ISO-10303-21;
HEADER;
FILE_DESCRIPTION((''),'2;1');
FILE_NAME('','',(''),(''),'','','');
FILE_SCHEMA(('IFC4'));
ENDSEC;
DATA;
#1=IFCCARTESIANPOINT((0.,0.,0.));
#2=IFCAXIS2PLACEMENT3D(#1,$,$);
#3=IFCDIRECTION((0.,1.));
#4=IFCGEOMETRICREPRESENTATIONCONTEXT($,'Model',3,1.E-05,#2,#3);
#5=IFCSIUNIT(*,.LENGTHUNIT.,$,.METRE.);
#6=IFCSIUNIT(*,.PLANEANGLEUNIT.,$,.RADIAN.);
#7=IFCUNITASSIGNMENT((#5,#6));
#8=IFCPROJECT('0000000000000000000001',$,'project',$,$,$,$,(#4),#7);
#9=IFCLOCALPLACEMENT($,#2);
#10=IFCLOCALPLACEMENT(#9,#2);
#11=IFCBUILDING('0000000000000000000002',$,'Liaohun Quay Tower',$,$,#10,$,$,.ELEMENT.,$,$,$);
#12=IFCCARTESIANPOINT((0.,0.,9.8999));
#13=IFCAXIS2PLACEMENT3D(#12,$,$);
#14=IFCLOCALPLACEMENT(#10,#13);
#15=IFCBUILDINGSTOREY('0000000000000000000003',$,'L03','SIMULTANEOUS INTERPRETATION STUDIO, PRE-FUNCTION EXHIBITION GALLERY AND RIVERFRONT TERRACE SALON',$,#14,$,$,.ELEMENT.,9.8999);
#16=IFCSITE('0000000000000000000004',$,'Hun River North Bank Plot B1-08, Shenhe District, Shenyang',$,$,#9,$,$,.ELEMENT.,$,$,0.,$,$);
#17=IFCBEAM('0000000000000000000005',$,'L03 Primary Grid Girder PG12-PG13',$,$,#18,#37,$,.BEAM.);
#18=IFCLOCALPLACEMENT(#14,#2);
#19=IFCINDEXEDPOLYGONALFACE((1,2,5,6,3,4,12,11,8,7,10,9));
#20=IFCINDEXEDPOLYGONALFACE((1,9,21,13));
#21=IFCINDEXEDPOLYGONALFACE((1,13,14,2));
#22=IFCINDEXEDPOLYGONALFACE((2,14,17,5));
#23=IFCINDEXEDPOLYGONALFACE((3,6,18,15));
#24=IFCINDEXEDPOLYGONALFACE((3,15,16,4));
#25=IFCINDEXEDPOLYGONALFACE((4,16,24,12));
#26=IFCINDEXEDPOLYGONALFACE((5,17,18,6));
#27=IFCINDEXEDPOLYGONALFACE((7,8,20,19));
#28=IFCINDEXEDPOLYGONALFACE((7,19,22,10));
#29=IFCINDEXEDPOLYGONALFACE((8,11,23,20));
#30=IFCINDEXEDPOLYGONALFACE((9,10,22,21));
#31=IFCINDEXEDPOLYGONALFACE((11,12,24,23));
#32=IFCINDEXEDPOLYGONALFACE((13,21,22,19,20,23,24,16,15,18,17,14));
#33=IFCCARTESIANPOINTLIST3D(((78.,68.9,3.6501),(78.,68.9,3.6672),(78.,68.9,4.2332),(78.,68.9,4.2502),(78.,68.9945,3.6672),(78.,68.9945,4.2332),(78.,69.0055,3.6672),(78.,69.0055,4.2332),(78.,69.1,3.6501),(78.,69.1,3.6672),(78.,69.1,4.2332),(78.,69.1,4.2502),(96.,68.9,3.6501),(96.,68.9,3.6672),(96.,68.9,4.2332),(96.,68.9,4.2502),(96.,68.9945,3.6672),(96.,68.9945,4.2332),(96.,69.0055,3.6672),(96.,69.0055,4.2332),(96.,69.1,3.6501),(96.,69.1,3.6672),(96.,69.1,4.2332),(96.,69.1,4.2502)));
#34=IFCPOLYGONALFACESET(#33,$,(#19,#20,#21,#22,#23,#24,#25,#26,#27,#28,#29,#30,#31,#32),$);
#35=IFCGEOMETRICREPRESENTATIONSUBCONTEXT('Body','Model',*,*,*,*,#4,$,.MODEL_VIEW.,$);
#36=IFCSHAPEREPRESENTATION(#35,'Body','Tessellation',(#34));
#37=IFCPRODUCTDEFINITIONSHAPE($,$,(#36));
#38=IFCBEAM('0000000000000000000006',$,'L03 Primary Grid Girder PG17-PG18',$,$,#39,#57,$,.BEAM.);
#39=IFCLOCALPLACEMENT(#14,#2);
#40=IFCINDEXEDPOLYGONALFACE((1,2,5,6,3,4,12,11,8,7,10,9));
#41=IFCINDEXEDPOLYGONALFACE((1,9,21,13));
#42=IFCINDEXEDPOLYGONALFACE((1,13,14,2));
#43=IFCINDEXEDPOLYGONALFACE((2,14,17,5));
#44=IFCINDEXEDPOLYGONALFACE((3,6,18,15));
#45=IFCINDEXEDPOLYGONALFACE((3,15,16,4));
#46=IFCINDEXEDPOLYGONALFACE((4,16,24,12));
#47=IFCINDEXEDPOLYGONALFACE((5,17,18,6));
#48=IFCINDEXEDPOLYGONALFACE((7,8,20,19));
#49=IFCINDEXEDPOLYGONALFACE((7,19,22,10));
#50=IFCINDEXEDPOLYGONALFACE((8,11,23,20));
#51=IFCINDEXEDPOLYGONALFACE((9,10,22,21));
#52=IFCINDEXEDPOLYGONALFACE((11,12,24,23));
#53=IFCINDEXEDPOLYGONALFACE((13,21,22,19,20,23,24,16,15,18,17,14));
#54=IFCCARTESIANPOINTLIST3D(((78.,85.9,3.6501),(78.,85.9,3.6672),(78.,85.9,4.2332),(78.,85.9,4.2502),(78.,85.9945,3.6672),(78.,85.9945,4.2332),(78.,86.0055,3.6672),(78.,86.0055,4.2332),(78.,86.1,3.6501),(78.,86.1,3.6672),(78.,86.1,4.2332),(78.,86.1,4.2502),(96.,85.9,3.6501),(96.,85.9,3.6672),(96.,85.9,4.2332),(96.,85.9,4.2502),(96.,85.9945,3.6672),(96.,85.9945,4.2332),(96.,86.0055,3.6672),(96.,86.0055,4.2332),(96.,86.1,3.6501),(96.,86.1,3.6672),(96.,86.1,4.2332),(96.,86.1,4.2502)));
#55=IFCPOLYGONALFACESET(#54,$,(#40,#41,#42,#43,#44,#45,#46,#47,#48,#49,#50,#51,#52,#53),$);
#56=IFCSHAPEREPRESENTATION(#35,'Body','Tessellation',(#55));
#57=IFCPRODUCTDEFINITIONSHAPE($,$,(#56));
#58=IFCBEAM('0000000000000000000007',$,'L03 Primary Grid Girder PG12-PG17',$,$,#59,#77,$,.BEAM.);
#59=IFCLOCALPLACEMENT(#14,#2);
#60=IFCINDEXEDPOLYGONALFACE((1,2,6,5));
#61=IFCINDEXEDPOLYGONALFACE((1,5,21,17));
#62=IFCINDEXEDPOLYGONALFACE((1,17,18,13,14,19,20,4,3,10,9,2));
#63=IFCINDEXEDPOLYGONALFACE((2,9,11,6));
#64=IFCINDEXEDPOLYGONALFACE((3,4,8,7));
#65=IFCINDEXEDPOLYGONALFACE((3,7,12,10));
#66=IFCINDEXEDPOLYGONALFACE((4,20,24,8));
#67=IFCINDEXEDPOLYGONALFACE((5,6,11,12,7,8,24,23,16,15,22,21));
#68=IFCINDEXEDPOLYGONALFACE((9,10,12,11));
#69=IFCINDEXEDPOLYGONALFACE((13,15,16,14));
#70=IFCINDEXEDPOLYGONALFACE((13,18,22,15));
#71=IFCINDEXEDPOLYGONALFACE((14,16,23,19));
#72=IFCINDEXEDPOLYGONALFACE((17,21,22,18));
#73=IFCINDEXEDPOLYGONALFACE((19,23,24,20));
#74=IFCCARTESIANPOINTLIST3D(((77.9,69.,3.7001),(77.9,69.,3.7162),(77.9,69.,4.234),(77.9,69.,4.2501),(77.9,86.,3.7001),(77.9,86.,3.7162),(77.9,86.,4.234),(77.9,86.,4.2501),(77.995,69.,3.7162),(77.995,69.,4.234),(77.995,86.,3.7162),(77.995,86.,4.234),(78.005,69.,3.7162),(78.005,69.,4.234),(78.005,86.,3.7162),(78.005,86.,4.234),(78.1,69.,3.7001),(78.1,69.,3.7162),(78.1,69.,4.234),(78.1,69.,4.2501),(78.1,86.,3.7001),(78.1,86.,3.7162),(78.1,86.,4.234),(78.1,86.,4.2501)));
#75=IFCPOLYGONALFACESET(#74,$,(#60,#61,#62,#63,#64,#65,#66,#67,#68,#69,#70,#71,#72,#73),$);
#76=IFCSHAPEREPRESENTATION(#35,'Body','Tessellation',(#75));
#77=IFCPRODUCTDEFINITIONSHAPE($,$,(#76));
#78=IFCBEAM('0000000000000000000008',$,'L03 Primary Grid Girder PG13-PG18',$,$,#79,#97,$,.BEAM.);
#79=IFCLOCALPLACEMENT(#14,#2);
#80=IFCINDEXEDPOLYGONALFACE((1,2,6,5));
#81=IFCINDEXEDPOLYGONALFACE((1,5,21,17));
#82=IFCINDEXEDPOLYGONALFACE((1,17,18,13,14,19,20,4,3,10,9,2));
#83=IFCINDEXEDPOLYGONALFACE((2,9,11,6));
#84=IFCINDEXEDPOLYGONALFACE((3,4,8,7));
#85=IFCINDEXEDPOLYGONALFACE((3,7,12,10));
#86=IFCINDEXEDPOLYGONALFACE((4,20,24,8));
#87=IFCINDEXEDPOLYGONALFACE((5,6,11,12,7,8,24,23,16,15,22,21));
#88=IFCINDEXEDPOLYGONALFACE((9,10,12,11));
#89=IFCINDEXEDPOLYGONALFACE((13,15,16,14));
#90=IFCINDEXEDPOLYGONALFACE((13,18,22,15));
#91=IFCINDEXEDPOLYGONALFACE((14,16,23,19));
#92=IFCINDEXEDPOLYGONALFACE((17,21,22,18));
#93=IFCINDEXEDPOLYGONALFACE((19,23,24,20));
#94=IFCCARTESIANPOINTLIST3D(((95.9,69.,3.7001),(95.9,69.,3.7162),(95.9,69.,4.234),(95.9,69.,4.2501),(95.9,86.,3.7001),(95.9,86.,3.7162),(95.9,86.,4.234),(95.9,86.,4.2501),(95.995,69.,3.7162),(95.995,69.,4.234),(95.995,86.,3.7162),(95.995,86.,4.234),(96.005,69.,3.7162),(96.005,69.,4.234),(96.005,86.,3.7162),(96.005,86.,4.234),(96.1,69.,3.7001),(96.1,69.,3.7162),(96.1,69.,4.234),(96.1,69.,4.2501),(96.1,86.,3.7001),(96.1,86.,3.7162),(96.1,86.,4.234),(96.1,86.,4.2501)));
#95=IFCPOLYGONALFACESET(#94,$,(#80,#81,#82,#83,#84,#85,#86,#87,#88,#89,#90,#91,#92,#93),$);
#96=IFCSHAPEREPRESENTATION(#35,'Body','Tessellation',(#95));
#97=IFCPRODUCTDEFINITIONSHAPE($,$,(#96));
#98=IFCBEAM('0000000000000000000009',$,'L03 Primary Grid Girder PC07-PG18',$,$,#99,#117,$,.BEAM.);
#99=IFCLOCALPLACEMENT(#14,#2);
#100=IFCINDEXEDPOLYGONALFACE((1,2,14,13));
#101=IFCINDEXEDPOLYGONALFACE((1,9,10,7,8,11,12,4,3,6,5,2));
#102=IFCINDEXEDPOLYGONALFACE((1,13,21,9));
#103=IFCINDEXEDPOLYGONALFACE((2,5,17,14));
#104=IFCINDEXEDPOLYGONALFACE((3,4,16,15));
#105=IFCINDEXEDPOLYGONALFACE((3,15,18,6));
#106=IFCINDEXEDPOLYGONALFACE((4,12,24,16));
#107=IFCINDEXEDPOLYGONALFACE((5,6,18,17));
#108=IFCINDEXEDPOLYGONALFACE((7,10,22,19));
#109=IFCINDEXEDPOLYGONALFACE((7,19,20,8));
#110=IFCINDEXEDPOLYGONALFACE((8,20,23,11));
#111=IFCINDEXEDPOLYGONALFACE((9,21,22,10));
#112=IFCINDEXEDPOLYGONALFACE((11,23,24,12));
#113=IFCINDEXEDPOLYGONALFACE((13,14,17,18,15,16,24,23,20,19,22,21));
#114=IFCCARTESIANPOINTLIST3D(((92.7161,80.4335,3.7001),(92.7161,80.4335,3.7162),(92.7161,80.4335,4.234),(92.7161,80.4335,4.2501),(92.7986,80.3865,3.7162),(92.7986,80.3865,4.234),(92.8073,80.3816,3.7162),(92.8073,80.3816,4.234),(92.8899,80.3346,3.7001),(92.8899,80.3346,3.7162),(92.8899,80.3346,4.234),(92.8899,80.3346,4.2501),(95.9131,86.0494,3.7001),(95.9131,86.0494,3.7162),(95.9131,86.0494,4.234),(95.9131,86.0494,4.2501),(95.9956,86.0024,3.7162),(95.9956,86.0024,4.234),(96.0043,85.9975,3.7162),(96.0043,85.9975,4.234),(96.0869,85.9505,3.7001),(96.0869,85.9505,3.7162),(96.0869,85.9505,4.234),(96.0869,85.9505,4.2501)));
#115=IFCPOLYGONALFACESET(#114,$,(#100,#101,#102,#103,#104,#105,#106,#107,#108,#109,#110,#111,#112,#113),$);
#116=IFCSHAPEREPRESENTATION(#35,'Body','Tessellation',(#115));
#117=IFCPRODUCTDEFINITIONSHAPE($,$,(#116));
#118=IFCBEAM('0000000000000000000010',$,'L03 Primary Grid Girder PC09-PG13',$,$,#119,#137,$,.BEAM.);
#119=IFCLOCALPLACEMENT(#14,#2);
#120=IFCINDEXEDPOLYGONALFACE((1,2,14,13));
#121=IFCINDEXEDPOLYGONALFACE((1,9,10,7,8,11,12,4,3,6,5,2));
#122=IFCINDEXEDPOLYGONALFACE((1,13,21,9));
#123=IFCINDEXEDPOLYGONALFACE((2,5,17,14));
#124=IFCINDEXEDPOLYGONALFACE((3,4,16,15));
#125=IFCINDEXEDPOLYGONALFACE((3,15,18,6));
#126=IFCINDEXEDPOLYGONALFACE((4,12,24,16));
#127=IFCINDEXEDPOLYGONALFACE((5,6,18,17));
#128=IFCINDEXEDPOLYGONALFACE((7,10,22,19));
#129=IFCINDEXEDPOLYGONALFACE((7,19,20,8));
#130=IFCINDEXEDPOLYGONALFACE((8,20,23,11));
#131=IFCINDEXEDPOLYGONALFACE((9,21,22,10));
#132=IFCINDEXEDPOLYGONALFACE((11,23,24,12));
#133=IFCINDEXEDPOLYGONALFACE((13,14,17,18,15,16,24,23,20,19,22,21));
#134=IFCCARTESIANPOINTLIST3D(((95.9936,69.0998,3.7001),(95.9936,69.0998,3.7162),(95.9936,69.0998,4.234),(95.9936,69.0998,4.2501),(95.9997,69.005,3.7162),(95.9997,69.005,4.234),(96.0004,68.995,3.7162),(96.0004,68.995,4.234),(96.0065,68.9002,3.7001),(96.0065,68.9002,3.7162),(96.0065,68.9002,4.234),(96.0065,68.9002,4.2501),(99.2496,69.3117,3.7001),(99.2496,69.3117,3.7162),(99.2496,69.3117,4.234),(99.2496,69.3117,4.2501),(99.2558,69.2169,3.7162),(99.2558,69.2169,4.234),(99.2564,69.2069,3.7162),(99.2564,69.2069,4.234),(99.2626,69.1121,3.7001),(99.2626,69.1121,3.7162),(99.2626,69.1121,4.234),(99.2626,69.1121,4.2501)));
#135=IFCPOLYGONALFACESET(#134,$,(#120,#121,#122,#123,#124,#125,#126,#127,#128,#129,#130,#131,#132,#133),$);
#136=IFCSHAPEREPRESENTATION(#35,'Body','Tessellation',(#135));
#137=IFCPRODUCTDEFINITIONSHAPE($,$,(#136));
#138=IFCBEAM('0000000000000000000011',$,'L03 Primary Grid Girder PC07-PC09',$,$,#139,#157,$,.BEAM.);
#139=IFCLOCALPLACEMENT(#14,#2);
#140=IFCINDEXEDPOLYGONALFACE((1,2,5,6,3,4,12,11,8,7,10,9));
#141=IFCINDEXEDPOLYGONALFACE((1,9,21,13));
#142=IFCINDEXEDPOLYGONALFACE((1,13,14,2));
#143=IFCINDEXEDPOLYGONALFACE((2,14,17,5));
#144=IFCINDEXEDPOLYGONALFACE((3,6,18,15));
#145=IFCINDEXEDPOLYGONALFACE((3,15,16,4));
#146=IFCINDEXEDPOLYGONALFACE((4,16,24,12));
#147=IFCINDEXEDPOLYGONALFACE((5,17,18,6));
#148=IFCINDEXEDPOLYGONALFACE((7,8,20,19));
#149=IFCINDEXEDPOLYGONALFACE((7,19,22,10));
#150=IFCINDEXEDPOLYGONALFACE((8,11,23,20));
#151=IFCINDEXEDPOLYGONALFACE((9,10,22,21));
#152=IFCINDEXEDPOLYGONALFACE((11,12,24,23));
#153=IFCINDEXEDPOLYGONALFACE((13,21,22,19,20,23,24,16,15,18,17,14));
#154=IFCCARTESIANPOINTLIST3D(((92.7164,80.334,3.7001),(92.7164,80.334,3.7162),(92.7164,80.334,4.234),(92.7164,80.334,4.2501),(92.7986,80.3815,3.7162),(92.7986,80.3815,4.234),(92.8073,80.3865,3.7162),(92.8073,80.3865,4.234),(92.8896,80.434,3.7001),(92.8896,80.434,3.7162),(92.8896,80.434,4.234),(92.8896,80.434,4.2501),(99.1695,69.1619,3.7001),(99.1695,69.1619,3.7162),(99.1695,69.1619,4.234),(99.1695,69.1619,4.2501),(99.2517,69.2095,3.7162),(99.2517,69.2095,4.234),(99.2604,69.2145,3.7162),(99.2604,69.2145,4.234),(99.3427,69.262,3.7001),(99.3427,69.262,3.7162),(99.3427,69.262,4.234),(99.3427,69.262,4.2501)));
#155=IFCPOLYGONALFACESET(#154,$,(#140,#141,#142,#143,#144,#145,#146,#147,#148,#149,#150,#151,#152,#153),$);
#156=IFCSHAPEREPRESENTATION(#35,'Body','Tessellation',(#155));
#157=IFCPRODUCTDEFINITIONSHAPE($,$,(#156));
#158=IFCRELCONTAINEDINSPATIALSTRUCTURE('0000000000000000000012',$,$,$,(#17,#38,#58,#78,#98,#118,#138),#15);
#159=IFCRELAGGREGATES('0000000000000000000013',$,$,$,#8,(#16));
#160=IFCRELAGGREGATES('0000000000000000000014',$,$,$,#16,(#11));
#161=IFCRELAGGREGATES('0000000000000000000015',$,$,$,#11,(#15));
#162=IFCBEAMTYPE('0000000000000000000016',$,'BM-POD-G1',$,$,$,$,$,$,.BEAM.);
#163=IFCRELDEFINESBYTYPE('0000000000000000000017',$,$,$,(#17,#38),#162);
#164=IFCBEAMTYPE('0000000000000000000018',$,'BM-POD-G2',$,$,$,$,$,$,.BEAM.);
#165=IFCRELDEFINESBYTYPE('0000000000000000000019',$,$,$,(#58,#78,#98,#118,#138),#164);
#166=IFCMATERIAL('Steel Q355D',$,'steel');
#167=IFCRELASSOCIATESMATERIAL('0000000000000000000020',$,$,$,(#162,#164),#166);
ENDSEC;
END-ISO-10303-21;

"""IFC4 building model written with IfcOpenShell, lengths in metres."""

from ifc_helpers import new_model, si_unit, direction, frame, origin, origin_2d, place, context, subcontext, project, spatial, i_section, extrude, source, transform, mapped, material, material_profile, profile_set, type_object, element, save


model = new_model("IFC4")

# Units and contexts
model_context = context("Model", 3, precision=1e-05, world=origin(), true_north=direction((0.0, 1.0)))
body_context = subcontext(model_context, "Body", "Model", "MODEL_VIEW")
ifc_project = project(units=[si_unit("LENGTHUNIT", "METRE"), si_unit("PLANEANGLEUNIT", "RADIAN")], contexts=[model_context])

# Site, building, storey
site_placement = place(None, origin())
site = spatial("IfcSite", under=ifc_project, at=site_placement, Name="Hun River North Bank Plot B1-08, Shenhe District, Shenyang", CompositionType="ELEMENT", RefElevation=0.0)
building_placement = place(site_placement, origin())
building = spatial("IfcBuilding", under=site, at=building_placement, Name="Liaohun Quay Tower", CompositionType="ELEMENT")
storey_placement = place(building_placement, frame((0.0, 0.0, 9.8999)))
storey = spatial("IfcBuildingStorey", under=building, at=storey_placement, Name="L03", Description="SIMULTANEOUS INTERPRETATION STUDIO, PRE-FUNCTION EXHIBITION GALLERY AND RIVERFRONT TERRACE SALON", CompositionType="ELEMENT", Elevation=9.8999)

# Beams
ifc_material_1 = material(Name="Steel Q355D", Category="steel")
ifc_material_profile_1 = material_profile(ifc_material_1, i_section(OverallWidth=0.2, OverallDepth=0.6001, WebThickness=0.011, FlangeThickness=0.0171, at=origin_2d()), Name="HN600x200x11x17")
ifc_profile_set_1 = profile_set([ifc_material_profile_1], Name="Steel Q355D")
beam_type_1 = type_object("IfcBeamType", Name="BM-POD-G1", PredefinedType="BEAM", material=ifc_profile_set_1)
shared_shape_1 = source(origin(), body_context, "Body", "SweptSolid", [
    extrude(i_section(OverallWidth=0.2, OverallDepth=0.6001, WebThickness=0.011, FlangeThickness=0.0171, at=origin_2d()), origin(), (0.0, 0.0, 1.0), 18.0),
])
for number, where, z_axis, x_axis, name in (
    (1, (78.0, 69.0, 3.9502), (1.0, 0.0, 0.0), (0.0, 1.0, 0.0), "L03 Primary Grid Girder PG12-PG13"),
    (2, (78.0, 86.0, 3.9502), (1.0, 0.0, 0.0), (0.0, 1.0, 0.0), "L03 Primary Grid Girder PG17-PG18"),
):
    element("IfcBeam", number, at=place(storey_placement, frame(where, z_axis=z_axis, x_axis=x_axis)), inside=storey, type_object=beam_type_1, Name=name, PredefinedType="BEAM", context=body_context, shape_type="MappedRepresentation", body=[
        mapped(shared_shape_1, transform((0.0, 0.0, 0.0), x_axis=(1.0, 0.0, 0.0), y_axis=(0.0, 1.0, 0.0), z_axis=(0.0, 0.0, 1.0), scale=1.0)),
    ])
ifc_material_profile_2 = material_profile(ifc_material_1, i_section(OverallWidth=0.2, OverallDepth=0.55, WebThickness=0.01, FlangeThickness=0.0161, at=origin_2d()), Name="HN550x200x10x16")
ifc_profile_set_2 = profile_set([ifc_material_profile_2], Name="Steel Q355D")
beam_type_2 = type_object("IfcBeamType", Name="BM-POD-G2", PredefinedType="BEAM", material=ifc_profile_set_2)
shared_shape_2 = source(origin(), body_context, "Body", "SweptSolid", [
    extrude(i_section(OverallWidth=0.2, OverallDepth=0.55, WebThickness=0.01, FlangeThickness=0.0161, at=origin_2d()), origin(), (0.0, 0.0, 1.0), 17.0),
])
for number, where, z_axis, x_axis, name in (
    (3, (78.0, 69.0, 3.9751), (0.0, 1.0, 0.0), (-1.0, 0.0, 0.0), "L03 Primary Grid Girder PG12-PG17"),
    (4, (96.0, 69.0, 3.9751), (0.0, 1.0, 0.0), (-1.0, 0.0, 0.0), "L03 Primary Grid Girder PG13-PG18"),
):
    element("IfcBeam", number, at=place(storey_placement, frame(where, z_axis=z_axis, x_axis=x_axis)), inside=storey, type_object=beam_type_2, Name=name, PredefinedType="BEAM", context=body_context, shape_type="MappedRepresentation", body=[
        mapped(shared_shape_2, transform((0.0, 0.0, 0.0), x_axis=(1.0, 0.0, 0.0), y_axis=(0.0, 1.0, 0.0), z_axis=(0.0, 0.0, 1.0), scale=1.0)),
    ])
shared_shape_3 = source(origin(), body_context, "Body", "SweptSolid", [
    extrude(i_section(OverallWidth=0.2, OverallDepth=0.55, WebThickness=0.01, FlangeThickness=0.0161, at=origin_2d()), origin(), (0.0, 0.0, 1.0), 6.4622),
])
beam_1_placement = place(storey_placement, frame((92.803, 80.384, 3.9751), z_axis=(0.494726, 0.869049, 0.0), x_axis=(-0.869049, 0.494726, 0.0)))
element("IfcBeam", 5, at=beam_1_placement, inside=storey, type_object=beam_type_2, Name="L03 Primary Grid Girder PC07-PG18", PredefinedType="BEAM", context=body_context, shape_type="MappedRepresentation", body=[
    mapped(shared_shape_3, transform((0.0, 0.0, 0.0), x_axis=(1.0, 0.0, 0.0), y_axis=(0.0, 1.0, 0.0), z_axis=(0.0, 0.0, 1.0), scale=1.0)),
])
shared_shape_4 = source(origin(), body_context, "Body", "SweptSolid", [
    extrude(i_section(OverallWidth=0.2, OverallDepth=0.55, WebThickness=0.01, FlangeThickness=0.0161, at=origin_2d()), origin(), (0.0, 0.0, 1.0), 3.2629),
])
beam_2_placement = place(storey_placement, frame((99.2561, 69.2119, 3.9751), z_axis=(-0.997889, -0.064945, 0.0), x_axis=(0.064945, -0.997889, 0.0)))
element("IfcBeam", 6, at=beam_2_placement, inside=storey, type_object=beam_type_2, Name="L03 Primary Grid Girder PC09-PG13", PredefinedType="BEAM", context=body_context, shape_type="MappedRepresentation", body=[
    mapped(shared_shape_4, transform((0.0, 0.0, 0.0), x_axis=(1.0, 0.0, 0.0), y_axis=(0.0, 1.0, 0.0), z_axis=(0.0, 0.0, 1.0), scale=1.0)),
])
shared_shape_5 = source(origin(), body_context, "Body", "SweptSolid", [
    extrude(i_section(OverallWidth=0.2, OverallDepth=0.55, WebThickness=0.01, FlangeThickness=0.0161, at=origin_2d()), origin(), (0.0, 0.0, 1.0), 12.9019),
])
beam_3_placement = place(storey_placement, frame((92.803, 80.384, 3.9751), z_axis=(0.500169, -0.865928, 0.0), x_axis=(0.865928, 0.500169, 0.0)))
element("IfcBeam", 7, at=beam_3_placement, inside=storey, type_object=beam_type_2, Name="L03 Primary Grid Girder PC07-PC09", PredefinedType="BEAM", context=body_context, shape_type="MappedRepresentation", body=[
    mapped(shared_shape_5, transform((0.0, 0.0, 0.0), x_axis=(1.0, 0.0, 0.0), y_axis=(0.0, 1.0, 0.0), z_axis=(0.0, 0.0, 1.0), scale=1.0)),
])

save(model, "model.ifc")
